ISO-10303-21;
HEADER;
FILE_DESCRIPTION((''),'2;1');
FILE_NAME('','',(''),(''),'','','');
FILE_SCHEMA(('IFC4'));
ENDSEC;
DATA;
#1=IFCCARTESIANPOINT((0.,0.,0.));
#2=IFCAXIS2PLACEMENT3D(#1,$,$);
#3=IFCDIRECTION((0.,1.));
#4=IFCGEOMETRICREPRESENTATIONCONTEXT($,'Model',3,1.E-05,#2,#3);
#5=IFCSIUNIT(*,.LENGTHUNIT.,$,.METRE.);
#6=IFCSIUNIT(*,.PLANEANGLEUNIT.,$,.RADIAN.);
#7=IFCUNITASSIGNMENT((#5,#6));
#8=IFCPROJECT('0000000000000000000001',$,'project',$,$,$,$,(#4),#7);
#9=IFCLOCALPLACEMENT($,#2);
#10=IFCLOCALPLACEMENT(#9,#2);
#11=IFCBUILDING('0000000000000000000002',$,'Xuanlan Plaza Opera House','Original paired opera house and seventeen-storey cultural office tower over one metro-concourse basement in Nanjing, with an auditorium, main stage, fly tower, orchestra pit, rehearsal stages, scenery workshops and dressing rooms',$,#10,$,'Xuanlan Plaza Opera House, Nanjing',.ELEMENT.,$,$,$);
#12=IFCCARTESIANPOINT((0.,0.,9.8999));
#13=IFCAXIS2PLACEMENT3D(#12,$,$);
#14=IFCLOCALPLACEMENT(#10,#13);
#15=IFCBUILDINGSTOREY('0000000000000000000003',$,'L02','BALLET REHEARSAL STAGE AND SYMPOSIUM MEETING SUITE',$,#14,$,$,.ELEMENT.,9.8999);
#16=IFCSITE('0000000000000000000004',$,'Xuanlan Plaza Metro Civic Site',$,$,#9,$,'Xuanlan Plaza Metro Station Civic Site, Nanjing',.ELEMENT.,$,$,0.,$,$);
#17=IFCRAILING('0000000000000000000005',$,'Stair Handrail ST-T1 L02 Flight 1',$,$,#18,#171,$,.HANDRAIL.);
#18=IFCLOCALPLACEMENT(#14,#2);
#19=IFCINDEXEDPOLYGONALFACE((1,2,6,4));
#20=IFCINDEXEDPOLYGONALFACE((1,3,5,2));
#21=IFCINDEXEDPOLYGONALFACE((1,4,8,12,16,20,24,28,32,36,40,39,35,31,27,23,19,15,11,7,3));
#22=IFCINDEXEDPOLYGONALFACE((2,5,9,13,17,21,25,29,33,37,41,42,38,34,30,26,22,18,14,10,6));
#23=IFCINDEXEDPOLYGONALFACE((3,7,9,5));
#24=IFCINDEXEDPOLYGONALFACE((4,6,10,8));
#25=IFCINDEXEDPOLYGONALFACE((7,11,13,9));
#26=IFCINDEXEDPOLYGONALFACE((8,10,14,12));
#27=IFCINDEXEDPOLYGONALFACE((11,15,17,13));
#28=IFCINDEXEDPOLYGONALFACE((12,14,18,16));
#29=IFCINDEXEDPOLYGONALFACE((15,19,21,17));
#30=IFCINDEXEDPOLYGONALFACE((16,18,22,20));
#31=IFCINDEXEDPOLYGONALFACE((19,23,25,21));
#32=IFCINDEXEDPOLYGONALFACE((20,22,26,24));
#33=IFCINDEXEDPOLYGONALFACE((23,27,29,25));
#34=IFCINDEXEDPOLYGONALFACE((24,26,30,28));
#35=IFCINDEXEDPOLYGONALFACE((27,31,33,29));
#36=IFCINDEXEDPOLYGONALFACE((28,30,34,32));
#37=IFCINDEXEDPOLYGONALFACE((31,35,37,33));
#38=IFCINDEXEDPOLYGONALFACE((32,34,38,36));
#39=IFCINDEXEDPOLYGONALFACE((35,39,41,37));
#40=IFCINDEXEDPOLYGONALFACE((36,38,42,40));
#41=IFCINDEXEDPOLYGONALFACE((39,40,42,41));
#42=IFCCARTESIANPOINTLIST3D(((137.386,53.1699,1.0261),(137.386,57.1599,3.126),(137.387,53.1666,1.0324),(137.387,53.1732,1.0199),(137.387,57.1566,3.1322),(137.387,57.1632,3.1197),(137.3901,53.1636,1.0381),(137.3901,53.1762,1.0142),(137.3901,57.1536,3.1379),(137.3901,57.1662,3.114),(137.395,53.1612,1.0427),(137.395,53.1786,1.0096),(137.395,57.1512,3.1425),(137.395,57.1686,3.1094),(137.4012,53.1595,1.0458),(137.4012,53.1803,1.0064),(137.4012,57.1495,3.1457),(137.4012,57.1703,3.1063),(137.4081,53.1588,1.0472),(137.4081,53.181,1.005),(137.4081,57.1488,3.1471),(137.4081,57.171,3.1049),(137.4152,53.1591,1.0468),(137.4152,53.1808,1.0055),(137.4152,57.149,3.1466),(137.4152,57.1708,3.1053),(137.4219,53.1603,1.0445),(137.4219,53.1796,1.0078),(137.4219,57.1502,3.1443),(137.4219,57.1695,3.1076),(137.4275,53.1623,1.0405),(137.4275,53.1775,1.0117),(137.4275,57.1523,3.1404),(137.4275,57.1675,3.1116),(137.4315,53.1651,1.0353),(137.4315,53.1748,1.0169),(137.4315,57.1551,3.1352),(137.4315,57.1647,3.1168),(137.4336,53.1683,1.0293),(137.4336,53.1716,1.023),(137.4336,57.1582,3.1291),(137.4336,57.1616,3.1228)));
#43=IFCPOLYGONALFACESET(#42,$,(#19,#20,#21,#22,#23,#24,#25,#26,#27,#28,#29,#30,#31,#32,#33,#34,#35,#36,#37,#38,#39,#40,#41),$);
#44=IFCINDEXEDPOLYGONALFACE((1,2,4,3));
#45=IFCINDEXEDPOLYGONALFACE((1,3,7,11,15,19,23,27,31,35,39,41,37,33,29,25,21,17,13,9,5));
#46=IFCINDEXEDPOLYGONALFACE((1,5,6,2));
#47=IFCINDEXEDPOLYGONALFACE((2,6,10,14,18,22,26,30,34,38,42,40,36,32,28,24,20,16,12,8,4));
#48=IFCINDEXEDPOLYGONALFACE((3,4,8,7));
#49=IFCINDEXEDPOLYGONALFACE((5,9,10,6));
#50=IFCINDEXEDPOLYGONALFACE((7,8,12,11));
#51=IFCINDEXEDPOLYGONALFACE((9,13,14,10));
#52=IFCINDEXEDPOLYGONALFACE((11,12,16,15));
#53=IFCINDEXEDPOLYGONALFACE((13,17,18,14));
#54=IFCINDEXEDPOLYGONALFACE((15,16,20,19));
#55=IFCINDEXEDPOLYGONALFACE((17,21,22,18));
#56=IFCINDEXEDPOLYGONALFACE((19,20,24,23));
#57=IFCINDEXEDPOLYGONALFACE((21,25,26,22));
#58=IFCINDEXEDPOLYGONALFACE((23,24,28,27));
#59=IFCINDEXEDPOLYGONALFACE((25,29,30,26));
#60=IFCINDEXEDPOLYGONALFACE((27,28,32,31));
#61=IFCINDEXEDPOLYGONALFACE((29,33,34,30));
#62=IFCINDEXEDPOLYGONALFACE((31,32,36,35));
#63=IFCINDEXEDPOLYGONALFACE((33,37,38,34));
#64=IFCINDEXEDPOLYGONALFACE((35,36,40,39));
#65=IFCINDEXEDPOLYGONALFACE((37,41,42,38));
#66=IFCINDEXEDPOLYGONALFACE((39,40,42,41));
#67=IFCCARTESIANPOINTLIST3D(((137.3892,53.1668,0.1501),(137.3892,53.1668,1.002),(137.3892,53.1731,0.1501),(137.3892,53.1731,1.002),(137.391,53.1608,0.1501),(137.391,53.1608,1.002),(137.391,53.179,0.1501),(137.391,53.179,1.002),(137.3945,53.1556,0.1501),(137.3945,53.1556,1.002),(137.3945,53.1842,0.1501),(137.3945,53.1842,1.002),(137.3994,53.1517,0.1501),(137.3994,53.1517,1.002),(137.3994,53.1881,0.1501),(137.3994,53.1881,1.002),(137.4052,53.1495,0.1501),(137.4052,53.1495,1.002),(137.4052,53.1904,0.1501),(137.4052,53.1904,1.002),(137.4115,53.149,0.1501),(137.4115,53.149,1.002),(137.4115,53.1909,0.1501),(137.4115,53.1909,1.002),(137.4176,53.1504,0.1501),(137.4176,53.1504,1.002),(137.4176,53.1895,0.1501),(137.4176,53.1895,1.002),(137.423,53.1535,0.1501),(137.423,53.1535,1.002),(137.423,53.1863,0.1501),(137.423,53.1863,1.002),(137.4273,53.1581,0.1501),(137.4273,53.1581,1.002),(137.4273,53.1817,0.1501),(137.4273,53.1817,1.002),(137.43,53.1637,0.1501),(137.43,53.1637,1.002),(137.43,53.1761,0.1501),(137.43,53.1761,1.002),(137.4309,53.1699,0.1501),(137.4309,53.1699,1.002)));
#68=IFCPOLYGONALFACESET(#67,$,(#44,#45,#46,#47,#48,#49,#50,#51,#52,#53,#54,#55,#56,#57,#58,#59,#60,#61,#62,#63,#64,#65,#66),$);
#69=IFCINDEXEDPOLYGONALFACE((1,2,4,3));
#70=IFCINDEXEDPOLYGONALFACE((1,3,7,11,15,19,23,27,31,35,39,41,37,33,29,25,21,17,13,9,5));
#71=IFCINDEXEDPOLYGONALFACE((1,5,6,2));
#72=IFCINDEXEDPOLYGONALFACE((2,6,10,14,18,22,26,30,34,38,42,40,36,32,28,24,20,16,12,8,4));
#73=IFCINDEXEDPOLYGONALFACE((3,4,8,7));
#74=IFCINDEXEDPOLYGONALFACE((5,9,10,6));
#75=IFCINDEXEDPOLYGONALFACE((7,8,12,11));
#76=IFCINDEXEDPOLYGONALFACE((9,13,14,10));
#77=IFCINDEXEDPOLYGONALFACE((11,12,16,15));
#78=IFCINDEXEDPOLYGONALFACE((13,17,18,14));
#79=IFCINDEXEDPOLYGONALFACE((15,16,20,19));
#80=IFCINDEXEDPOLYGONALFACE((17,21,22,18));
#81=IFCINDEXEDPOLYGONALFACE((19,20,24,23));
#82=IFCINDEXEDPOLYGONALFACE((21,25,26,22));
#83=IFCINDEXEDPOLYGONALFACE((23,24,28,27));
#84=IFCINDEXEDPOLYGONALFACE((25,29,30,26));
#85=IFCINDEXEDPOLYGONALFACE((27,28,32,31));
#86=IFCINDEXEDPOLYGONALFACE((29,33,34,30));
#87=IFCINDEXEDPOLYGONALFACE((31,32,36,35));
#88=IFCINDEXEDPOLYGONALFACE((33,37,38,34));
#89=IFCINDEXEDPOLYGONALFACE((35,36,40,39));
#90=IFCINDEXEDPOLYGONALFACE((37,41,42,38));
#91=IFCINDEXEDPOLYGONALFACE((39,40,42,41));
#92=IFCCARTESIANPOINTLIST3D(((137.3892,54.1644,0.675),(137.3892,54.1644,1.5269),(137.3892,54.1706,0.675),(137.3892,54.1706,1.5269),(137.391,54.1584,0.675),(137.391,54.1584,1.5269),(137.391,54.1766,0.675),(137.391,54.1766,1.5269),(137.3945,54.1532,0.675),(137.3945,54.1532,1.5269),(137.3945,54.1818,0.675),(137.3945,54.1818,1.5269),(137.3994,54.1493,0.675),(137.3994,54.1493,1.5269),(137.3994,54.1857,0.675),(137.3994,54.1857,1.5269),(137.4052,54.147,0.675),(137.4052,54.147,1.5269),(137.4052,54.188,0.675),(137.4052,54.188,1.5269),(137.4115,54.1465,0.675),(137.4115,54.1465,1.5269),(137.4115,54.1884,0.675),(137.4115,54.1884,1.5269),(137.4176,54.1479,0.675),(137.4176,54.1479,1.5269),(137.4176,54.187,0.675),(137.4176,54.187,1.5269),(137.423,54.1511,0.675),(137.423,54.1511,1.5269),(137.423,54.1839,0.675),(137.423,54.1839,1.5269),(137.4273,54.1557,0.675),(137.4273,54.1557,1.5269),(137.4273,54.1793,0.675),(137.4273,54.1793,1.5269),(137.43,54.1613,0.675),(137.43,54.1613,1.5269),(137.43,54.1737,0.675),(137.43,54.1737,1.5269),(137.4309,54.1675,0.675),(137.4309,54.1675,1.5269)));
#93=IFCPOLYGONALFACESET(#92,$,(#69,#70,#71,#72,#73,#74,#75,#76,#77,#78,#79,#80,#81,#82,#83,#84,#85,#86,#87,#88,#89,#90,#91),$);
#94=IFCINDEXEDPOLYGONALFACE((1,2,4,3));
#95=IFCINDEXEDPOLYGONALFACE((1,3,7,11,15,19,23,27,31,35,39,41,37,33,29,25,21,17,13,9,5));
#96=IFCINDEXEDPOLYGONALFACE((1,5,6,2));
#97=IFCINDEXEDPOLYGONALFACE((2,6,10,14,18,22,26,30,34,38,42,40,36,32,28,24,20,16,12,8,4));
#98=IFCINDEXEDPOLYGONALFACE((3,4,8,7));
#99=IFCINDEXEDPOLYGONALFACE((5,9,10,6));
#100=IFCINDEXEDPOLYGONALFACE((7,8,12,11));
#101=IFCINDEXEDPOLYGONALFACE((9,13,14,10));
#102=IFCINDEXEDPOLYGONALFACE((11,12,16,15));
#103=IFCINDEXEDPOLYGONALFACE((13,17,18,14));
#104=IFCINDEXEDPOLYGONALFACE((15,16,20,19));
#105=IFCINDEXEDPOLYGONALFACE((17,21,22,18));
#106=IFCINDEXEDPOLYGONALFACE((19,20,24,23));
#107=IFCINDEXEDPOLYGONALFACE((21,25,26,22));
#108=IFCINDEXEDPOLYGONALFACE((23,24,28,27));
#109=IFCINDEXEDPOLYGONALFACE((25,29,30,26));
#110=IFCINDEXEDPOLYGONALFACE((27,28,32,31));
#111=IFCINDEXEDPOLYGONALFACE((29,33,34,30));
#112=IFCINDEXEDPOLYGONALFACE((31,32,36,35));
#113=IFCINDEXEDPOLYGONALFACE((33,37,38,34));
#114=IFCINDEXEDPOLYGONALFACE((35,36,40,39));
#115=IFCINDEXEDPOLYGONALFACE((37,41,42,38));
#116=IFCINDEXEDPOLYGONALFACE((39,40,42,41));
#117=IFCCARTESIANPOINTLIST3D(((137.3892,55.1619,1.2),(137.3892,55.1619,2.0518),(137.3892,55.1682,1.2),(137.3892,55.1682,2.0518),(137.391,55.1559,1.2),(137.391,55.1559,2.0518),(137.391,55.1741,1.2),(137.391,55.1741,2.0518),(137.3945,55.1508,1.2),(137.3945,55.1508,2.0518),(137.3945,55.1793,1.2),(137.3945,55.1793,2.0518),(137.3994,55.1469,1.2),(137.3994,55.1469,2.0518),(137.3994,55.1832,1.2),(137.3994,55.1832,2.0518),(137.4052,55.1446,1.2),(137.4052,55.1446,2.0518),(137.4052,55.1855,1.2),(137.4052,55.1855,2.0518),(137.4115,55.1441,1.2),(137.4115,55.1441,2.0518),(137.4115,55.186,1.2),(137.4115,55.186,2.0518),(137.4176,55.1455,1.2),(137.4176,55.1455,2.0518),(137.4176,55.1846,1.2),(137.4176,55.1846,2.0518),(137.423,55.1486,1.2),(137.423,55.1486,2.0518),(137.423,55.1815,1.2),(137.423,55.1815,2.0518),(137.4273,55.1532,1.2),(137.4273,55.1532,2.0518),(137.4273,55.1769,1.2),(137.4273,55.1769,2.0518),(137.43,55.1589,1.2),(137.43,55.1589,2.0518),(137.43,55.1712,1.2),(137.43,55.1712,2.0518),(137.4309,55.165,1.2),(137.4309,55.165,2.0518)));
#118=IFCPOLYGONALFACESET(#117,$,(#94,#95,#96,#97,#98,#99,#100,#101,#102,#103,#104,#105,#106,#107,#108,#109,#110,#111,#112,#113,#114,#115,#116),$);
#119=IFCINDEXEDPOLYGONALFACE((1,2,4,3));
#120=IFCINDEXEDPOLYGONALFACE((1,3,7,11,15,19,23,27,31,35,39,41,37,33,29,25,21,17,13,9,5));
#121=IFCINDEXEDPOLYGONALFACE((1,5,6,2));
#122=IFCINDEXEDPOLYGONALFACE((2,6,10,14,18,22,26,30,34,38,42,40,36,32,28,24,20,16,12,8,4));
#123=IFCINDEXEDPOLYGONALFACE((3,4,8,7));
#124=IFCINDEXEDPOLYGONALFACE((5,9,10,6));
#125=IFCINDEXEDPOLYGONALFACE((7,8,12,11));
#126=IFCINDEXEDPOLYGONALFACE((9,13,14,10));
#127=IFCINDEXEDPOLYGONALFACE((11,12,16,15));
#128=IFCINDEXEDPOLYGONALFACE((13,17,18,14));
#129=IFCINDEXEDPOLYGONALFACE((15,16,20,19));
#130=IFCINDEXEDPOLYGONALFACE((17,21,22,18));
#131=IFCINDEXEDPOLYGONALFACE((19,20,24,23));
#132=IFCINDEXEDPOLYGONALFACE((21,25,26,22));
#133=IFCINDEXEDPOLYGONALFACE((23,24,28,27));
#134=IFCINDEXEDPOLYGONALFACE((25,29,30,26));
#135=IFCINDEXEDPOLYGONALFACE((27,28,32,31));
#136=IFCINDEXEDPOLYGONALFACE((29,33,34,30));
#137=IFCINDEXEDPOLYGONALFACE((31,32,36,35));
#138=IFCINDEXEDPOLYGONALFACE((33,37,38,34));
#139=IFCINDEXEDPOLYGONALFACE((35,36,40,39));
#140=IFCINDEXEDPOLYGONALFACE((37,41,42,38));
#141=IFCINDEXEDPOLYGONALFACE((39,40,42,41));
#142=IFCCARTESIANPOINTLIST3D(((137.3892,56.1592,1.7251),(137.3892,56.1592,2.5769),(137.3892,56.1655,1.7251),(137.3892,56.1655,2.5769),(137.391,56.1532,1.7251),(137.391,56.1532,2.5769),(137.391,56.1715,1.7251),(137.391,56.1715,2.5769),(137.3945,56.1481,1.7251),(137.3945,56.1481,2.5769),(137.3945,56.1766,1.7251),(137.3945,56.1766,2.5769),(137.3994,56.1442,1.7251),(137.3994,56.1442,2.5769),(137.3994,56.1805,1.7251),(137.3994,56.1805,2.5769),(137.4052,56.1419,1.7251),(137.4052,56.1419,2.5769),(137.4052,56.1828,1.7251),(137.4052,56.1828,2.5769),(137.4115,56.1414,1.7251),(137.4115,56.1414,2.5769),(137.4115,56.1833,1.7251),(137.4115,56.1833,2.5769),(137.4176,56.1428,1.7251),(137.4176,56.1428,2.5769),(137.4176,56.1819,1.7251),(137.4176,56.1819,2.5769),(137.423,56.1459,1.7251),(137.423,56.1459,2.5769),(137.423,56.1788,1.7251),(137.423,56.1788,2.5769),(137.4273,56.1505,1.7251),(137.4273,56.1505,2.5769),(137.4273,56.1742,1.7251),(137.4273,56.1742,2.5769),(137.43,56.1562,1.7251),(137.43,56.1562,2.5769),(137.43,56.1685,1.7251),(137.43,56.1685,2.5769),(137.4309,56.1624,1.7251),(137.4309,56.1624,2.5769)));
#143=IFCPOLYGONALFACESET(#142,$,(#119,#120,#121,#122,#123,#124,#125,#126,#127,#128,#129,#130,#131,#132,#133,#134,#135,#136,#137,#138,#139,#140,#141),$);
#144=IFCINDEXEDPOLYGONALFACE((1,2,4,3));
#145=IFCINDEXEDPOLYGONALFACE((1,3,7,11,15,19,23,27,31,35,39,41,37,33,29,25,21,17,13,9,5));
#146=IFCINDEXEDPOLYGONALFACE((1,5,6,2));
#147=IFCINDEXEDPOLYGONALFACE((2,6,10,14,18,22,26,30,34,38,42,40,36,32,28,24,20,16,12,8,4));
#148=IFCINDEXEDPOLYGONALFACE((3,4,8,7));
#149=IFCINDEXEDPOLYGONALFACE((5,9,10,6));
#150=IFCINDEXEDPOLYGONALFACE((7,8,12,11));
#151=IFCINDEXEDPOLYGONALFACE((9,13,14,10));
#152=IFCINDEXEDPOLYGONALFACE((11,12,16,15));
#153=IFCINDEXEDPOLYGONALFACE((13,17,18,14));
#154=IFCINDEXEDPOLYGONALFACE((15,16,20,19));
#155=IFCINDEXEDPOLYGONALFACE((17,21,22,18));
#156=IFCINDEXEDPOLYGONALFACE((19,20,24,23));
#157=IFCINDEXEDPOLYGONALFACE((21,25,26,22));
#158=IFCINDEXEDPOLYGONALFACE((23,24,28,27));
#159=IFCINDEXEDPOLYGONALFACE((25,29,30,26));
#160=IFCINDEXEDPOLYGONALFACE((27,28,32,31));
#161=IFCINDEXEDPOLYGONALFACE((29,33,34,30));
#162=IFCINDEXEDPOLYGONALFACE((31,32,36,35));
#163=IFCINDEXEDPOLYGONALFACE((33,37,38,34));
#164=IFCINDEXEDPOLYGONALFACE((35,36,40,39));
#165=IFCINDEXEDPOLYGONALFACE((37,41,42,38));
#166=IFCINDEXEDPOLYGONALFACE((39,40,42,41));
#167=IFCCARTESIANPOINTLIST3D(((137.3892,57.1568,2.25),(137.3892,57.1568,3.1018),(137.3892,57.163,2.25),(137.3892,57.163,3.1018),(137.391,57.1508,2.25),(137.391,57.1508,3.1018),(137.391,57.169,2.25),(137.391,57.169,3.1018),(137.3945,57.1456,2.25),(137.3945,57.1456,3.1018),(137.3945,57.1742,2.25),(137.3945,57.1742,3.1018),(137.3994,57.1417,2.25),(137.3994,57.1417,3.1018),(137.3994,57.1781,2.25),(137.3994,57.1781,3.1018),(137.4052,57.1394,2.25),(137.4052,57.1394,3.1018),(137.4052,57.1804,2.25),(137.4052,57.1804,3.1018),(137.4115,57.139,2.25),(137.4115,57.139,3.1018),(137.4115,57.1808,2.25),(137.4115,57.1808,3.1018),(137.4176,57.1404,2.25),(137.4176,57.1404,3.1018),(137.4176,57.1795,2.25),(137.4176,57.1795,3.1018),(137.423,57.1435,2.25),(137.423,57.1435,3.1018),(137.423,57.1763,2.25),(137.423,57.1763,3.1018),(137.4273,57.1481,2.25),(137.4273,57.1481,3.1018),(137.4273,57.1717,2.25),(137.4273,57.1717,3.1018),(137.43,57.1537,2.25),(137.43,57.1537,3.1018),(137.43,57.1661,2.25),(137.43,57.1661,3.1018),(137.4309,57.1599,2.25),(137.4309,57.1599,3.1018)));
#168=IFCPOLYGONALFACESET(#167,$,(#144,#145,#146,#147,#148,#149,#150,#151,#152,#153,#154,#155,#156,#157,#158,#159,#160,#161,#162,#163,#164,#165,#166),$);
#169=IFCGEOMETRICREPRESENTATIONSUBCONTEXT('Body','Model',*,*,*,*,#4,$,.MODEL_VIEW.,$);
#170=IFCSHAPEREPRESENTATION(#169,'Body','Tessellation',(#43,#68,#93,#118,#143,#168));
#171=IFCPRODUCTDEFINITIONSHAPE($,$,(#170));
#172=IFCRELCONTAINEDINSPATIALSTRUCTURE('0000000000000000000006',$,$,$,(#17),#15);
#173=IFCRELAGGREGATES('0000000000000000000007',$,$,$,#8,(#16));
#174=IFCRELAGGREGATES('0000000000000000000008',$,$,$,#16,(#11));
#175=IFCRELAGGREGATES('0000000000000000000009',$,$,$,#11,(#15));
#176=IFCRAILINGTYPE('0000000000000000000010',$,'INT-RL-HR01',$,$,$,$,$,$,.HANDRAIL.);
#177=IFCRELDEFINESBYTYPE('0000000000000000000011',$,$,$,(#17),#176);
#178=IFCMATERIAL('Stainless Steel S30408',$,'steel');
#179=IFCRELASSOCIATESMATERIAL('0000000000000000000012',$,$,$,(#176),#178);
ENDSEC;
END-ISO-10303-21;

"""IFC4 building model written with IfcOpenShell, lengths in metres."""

from ifc_helpers import new_model, si_unit, direction, frame, origin, origin_2d, place, context, subcontext, project, spatial, circle, extrude, material, type_object, element, save


model = new_model("IFC4")

# Units and contexts
model_context = context("Model", 3, precision=1e-05, world=origin(), true_north=direction((0.0, 1.0)))
body_context = subcontext(model_context, "Body", "Model", "MODEL_VIEW")
ifc_project = project(units=[si_unit("LENGTHUNIT", "METRE"), si_unit("PLANEANGLEUNIT", "RADIAN")], contexts=[model_context])

# Site, building, storey
site_placement = place(None, origin())
site = spatial("IfcSite", under=ifc_project, at=site_placement, Name="Xuanlan Plaza Metro Civic Site", LongName="Xuanlan Plaza Metro Station Civic Site, Nanjing", CompositionType="ELEMENT", RefElevation=0.0)
building_placement = place(site_placement, origin())
building = spatial("IfcBuilding", under=site, at=building_placement, Name="Xuanlan Plaza Opera House", Description="Original paired opera house and seventeen-storey cultural office tower over one metro-concourse basement in Nanjing, with an auditorium, main stage, fly tower, orchestra pit, rehearsal stages, scenery workshops and dressing rooms", LongName="Xuanlan Plaza Opera House, Nanjing", CompositionType="ELEMENT")
storey_placement = place(building_placement, frame((0.0, 0.0, 9.8999)))
storey = spatial("IfcBuildingStorey", under=building, at=storey_placement, Name="L02", Description="BALLET REHEARSAL STAGE AND SYMPOSIUM MEETING SUITE", CompositionType="ELEMENT", Elevation=9.8999)

# Shared definitions
ifc_material_1 = material(Name="Stainless Steel S30408", Category="steel")

# Railing
railing_type = type_object("IfcRailingType", Name="INT-RL-HR01", PredefinedType="HANDRAIL", material=ifc_material_1)
for number, where, name in (
    (1, (137.4099, 53.1699, 0.1501), "Stair Handrail ST-T1 L02 Flight 1"),
):
    element("IfcRailing", number, at=place(storey_placement, frame(where)), inside=storey, type_object=railing_type, Name=name, PredefinedType="HANDRAIL", context=body_context, shape_type="SweptSolid", body=[
        extrude(circle(Radius=0.0239, at=origin_2d()), frame((0.0, 0.0, 0.876), z_axis=(0.0, 0.884931, 0.465722), x_axis=(-1.0, 0.0, 0.0)), (0.0, 0.0, 1.0), 4.5088),
        extrude(circle(Radius=0.021, at=origin_2d()), origin(), (0.0, 0.0, 1.0), 0.8518),
        extrude(circle(Radius=0.021, at=origin_2d()), frame((0.0, 0.9976, 0.5249)), (0.0, 0.0, 1.0), 0.8518),
        extrude(circle(Radius=0.021, at=origin_2d()), frame((0.0, 1.9951, 1.0498)), (0.0, 0.0, 1.0), 0.8518),
        extrude(circle(Radius=0.021, at=origin_2d()), frame((0.0, 2.9924, 1.575)), (0.0, 0.0, 1.0), 0.8518),
        extrude(circle(Radius=0.021, at=origin_2d()), frame((0.0, 3.99, 2.0999)), (0.0, 0.0, 1.0), 0.8518),
    ])

save(model, "model.ifc")
